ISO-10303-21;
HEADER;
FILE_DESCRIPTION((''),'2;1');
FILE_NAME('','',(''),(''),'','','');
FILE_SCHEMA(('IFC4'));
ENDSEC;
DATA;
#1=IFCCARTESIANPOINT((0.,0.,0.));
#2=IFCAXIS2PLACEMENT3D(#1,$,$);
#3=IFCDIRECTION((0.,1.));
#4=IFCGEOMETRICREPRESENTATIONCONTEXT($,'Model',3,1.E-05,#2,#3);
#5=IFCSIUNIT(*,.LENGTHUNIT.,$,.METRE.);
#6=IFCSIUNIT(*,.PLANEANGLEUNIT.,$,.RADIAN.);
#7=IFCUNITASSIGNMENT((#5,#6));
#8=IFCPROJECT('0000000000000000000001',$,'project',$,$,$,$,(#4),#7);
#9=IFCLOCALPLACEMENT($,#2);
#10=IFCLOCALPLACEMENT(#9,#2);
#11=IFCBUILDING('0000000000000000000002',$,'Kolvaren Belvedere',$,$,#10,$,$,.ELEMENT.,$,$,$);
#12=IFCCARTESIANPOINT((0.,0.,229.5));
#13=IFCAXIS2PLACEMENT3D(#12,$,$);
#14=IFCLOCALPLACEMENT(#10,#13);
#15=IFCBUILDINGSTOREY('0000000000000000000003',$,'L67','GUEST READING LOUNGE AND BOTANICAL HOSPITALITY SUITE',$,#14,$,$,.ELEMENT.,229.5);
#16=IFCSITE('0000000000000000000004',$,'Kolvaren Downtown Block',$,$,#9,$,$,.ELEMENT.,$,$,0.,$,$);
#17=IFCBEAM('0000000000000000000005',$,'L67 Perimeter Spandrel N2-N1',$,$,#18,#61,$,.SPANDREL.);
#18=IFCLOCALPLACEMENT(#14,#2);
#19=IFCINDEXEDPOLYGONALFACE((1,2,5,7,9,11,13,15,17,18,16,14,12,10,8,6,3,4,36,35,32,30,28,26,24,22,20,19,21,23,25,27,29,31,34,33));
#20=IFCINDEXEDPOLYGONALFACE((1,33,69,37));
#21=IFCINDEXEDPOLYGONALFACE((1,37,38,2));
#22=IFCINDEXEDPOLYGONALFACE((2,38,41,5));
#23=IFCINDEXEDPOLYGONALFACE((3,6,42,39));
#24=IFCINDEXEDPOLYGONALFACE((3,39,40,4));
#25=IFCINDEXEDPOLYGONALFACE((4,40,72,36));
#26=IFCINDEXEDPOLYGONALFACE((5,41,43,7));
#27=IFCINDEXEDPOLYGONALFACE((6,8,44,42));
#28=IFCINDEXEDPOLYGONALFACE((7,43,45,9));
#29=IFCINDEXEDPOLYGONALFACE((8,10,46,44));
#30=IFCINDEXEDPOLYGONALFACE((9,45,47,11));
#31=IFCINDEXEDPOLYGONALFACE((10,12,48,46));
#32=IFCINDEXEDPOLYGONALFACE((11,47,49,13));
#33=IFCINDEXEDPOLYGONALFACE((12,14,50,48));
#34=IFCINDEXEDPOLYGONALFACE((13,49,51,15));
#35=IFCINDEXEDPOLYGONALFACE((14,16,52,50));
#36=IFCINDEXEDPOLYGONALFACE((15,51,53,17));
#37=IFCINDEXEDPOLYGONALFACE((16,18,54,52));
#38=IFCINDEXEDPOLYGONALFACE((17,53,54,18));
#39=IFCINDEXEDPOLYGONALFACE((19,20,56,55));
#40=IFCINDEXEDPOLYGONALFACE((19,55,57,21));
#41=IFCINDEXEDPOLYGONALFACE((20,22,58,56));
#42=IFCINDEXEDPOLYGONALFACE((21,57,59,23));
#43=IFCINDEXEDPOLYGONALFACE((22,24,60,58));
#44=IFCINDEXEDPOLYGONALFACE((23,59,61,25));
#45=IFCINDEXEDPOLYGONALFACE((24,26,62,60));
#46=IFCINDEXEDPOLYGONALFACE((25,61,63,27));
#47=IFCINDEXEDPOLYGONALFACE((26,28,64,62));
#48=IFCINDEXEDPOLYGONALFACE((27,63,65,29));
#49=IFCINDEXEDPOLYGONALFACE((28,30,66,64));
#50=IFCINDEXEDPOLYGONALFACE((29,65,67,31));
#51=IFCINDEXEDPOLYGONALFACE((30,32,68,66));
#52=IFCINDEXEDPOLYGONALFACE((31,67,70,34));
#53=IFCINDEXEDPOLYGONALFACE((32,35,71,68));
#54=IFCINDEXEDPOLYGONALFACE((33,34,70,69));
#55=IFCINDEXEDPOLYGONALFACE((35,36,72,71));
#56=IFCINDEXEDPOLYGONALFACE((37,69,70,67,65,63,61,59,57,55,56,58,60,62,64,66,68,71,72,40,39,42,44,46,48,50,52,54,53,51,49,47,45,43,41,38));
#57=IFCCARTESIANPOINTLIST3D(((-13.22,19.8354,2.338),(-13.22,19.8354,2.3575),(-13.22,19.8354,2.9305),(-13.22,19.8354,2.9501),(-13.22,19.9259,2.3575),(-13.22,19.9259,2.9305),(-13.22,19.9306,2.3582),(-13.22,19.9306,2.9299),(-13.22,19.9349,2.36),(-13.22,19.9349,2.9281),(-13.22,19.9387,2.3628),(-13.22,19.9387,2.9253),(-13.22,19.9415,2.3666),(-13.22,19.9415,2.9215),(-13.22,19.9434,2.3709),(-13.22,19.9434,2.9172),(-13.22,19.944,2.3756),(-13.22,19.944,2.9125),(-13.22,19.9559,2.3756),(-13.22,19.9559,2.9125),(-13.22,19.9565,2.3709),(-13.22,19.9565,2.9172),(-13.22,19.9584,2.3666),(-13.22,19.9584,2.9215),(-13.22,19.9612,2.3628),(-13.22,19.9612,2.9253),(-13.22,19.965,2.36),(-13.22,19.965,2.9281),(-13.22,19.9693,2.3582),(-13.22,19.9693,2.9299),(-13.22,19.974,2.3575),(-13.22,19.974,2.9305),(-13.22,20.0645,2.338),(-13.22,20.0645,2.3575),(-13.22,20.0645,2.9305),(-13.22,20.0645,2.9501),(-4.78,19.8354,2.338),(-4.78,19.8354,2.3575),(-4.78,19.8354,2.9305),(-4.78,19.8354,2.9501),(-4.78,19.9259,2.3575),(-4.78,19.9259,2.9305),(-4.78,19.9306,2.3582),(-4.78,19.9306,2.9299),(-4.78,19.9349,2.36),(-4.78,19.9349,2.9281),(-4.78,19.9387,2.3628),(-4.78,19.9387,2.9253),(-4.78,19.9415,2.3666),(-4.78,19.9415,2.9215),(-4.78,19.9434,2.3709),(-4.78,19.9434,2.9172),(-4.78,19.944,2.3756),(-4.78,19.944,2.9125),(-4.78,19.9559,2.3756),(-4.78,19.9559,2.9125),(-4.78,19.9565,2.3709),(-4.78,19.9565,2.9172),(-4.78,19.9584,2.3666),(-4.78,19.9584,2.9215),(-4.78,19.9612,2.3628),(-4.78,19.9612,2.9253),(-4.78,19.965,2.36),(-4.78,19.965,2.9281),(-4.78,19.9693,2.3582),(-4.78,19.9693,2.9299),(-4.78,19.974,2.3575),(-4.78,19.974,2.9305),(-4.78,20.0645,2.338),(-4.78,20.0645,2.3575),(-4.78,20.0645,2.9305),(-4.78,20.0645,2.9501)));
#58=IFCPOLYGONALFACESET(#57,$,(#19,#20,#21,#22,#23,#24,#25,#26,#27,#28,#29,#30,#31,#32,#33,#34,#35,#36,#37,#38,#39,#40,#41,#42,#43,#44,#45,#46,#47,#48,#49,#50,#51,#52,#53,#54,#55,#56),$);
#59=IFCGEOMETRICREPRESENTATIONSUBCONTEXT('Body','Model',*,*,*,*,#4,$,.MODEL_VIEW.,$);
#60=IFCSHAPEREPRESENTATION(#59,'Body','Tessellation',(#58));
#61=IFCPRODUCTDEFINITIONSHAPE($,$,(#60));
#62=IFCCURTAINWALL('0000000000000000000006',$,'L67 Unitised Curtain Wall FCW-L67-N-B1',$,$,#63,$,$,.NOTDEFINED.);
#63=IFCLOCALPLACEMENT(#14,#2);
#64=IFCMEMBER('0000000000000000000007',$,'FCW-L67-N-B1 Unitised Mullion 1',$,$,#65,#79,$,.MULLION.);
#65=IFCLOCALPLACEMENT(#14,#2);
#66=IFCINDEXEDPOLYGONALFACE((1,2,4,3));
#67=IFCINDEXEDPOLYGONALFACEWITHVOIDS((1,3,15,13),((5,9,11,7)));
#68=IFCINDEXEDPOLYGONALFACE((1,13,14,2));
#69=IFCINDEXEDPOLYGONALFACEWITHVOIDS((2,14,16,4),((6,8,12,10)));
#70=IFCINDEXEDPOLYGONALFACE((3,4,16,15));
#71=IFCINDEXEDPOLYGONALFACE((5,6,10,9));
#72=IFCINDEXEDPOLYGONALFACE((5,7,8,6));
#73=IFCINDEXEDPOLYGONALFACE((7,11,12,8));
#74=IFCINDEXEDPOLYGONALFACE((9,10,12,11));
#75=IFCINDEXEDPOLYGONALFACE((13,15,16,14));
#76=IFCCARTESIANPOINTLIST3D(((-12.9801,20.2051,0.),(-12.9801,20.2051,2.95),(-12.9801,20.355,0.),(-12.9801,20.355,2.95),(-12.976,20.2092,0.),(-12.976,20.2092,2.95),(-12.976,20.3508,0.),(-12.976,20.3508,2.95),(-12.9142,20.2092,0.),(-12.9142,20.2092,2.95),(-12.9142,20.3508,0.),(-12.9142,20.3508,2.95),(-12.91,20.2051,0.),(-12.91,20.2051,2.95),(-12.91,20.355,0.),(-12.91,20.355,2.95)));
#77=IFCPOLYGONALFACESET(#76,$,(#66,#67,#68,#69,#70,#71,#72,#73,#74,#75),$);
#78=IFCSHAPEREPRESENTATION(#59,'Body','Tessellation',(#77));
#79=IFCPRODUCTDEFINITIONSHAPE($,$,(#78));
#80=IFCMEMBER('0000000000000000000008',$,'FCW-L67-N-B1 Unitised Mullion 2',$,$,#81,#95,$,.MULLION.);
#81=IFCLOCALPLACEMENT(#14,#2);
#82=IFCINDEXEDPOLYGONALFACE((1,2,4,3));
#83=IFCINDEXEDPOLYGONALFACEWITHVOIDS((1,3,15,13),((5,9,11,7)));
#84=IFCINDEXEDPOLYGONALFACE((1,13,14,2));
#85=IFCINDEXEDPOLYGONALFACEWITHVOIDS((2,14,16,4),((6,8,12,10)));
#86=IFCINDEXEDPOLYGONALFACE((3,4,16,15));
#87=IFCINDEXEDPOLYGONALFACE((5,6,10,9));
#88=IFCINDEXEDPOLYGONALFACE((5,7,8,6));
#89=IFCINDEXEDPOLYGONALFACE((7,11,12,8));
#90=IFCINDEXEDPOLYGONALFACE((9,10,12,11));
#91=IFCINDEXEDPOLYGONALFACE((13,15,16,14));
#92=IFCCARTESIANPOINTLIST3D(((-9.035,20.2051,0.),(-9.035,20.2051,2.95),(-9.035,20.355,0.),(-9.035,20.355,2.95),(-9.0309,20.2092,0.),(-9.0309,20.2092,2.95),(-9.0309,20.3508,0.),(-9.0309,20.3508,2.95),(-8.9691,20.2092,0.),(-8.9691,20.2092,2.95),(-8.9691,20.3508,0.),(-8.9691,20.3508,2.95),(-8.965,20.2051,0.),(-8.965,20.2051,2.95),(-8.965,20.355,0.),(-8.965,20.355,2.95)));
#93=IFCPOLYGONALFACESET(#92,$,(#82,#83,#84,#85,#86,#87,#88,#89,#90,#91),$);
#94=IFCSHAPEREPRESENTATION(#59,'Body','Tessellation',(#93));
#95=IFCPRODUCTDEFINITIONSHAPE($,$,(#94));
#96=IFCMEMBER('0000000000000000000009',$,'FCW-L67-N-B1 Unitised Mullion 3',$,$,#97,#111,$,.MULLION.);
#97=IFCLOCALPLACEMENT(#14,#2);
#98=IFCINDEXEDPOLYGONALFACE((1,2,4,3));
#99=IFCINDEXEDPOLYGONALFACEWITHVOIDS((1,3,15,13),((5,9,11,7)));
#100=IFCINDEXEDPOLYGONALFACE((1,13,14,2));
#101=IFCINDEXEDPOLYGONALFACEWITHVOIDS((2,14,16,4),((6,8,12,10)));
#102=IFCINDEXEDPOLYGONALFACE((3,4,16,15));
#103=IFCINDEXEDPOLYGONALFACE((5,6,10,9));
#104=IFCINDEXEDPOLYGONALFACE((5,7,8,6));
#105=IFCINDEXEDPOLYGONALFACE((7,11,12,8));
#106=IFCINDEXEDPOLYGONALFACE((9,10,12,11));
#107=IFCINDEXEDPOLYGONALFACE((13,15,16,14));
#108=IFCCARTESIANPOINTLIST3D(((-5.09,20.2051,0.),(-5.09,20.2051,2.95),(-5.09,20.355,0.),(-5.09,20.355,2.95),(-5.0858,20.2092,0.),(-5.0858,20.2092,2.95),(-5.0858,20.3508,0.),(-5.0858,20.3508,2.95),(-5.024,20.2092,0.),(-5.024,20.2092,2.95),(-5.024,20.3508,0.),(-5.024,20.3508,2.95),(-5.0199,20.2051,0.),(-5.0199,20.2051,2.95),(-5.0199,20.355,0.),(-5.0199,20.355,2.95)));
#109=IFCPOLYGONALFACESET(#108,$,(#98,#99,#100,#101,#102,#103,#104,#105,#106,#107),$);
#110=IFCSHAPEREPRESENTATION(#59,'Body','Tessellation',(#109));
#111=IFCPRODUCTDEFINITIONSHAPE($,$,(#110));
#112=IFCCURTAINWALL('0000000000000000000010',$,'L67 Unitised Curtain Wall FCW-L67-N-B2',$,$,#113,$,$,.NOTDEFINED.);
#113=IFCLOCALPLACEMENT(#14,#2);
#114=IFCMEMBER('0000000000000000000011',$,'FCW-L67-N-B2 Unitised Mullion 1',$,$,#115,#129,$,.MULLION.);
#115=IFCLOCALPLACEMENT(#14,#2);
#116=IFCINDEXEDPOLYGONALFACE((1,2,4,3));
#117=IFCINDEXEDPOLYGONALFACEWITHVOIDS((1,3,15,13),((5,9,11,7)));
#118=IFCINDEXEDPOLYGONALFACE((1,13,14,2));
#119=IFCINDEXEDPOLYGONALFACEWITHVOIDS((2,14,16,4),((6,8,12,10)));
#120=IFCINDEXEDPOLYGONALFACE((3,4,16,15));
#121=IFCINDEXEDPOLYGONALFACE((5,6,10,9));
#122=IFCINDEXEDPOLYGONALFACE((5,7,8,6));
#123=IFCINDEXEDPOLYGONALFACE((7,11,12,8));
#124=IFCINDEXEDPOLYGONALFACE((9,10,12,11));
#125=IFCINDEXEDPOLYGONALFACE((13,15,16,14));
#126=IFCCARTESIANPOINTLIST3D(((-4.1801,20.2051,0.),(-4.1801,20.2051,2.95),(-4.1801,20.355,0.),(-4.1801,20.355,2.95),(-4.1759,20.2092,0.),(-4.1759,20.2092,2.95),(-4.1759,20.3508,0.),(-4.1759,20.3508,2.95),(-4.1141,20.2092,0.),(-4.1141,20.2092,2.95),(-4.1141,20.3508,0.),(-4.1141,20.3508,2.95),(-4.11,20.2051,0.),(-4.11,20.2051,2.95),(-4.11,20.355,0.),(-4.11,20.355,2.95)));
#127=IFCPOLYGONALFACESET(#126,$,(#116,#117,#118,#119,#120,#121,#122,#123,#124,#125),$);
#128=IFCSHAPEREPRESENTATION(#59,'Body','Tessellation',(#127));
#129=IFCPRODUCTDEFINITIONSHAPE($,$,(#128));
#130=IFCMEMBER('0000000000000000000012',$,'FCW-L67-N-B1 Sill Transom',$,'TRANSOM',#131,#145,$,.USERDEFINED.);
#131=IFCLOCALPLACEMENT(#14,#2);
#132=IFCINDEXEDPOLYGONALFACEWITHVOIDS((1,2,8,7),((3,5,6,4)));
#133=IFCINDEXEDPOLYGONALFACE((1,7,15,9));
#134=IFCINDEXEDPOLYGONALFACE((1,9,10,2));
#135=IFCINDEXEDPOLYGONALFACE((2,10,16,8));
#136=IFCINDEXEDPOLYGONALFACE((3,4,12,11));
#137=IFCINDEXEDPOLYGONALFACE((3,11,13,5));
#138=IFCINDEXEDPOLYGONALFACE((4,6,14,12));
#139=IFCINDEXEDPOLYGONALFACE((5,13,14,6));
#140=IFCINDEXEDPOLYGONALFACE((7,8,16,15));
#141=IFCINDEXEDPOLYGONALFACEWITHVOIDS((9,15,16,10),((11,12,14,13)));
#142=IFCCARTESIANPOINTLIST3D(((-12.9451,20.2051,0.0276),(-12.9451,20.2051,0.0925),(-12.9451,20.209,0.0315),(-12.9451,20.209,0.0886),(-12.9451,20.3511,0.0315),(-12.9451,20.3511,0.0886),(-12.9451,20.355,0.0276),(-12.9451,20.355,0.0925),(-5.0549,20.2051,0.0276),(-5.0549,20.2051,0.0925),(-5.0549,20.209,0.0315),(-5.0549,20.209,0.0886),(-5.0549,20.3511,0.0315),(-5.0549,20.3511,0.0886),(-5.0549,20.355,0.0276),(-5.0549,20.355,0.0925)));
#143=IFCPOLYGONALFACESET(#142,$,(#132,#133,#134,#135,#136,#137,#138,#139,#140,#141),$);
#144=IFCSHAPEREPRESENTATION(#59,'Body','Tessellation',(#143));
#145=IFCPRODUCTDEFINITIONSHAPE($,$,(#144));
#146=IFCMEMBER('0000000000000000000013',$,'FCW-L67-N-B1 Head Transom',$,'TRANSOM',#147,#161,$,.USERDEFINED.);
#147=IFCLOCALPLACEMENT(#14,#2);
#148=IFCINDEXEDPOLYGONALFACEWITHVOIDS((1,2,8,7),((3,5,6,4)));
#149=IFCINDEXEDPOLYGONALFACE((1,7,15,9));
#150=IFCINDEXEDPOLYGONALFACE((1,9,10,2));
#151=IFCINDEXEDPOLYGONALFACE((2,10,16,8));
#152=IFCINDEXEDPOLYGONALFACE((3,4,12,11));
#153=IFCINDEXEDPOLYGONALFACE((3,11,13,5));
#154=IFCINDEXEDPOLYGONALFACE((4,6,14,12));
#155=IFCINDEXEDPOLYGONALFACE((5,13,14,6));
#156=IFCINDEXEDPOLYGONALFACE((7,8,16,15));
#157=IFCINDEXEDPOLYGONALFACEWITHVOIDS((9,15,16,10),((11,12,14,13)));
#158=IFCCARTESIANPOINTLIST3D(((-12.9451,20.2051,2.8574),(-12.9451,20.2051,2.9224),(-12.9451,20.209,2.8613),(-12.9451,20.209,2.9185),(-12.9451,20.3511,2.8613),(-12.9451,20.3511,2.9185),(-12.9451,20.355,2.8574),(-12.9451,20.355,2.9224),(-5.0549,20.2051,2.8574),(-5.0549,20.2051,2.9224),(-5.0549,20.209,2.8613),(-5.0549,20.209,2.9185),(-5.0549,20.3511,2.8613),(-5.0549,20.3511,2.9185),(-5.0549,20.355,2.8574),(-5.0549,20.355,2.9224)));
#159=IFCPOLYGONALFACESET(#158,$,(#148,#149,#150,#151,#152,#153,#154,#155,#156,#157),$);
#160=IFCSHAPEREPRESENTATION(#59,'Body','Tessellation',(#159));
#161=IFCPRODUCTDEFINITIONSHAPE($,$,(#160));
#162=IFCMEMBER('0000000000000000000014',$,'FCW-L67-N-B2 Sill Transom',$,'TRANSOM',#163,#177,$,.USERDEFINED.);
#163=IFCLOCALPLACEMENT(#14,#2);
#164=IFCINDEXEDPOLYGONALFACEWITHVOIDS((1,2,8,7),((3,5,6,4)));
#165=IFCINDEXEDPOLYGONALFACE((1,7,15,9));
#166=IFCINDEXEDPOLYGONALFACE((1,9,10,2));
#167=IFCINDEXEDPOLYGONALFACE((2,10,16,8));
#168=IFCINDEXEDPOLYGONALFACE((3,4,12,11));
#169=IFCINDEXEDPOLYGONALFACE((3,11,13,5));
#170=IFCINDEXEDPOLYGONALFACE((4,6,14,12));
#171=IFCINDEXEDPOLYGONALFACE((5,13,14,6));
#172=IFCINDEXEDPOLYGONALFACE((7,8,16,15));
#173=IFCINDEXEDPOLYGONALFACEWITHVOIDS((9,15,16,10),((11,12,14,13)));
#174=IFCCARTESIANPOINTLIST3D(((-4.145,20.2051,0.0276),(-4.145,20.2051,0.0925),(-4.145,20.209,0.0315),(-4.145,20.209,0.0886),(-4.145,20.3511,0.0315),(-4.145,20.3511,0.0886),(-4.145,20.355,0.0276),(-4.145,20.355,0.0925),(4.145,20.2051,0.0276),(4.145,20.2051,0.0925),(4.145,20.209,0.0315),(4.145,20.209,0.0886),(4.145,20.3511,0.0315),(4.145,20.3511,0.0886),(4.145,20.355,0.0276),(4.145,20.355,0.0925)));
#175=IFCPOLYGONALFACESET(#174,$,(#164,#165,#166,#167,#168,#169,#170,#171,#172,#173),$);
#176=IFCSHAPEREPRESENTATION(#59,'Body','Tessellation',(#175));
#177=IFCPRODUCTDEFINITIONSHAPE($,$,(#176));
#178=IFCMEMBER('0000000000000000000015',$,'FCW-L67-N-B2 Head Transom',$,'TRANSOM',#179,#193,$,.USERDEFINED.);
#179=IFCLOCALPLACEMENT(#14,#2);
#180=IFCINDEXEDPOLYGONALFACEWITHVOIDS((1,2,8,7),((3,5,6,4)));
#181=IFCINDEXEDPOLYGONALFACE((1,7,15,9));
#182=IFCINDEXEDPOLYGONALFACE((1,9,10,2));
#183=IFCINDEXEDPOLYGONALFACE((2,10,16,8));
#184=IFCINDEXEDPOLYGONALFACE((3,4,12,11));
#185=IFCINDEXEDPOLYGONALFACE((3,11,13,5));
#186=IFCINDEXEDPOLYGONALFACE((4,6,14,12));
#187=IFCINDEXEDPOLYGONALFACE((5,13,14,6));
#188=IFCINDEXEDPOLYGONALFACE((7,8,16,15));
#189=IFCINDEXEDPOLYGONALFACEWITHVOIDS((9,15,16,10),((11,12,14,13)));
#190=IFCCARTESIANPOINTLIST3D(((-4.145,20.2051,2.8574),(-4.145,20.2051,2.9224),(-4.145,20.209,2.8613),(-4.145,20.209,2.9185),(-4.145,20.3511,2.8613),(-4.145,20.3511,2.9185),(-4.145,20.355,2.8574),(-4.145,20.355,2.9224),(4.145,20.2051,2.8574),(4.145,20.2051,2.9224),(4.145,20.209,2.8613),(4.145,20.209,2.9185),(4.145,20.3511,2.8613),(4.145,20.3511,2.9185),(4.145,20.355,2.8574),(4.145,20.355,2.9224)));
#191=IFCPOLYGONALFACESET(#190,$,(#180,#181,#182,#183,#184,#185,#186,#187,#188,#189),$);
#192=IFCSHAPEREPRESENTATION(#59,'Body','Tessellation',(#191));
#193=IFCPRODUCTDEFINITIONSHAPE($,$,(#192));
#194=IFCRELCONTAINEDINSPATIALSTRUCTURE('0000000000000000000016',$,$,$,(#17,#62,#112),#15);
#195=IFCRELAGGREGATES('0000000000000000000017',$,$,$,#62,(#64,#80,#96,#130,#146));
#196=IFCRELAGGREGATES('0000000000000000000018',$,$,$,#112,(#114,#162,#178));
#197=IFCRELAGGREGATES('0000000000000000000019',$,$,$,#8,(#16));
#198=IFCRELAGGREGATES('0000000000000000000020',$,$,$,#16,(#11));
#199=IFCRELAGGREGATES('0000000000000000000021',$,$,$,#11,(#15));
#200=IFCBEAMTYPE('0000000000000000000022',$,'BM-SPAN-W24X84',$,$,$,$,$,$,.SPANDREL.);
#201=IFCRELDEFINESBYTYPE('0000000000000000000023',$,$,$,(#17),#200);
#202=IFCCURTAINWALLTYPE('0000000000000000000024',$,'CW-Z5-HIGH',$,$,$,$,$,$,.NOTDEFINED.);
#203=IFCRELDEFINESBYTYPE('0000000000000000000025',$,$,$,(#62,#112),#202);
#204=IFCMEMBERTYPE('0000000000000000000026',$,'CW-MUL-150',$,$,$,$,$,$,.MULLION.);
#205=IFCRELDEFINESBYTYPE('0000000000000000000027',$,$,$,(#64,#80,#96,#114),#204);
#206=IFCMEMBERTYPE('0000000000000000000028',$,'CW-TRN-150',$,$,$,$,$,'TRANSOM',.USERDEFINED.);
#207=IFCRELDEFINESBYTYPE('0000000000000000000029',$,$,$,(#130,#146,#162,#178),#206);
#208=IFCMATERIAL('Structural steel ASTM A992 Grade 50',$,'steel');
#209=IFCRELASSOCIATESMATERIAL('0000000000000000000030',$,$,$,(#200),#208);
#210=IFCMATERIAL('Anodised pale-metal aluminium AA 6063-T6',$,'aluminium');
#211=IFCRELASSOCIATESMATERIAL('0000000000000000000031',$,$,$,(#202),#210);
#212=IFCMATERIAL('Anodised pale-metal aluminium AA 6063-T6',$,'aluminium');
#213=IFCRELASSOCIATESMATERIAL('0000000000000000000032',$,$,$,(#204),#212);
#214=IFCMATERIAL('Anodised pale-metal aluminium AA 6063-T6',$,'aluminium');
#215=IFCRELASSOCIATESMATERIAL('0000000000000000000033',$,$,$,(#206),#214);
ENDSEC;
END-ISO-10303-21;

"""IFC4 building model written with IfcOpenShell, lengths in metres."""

from ifc_helpers import new_model, si_unit, direction, frame, origin, origin_2d, place, context, subcontext, project, spatial, hollow_rectangle, i_section, extrude, material, material_profile, profile_set, type_object, element, aggregate, save


model = new_model("IFC4")

# Units and contexts
model_context = context("Model", 3, precision=1e-05, world=origin(), true_north=direction((0.0, 1.0)))
body_context = subcontext(model_context, "Body", "Model", "MODEL_VIEW")
ifc_project = project(units=[si_unit("LENGTHUNIT", "METRE"), si_unit("PLANEANGLEUNIT", "RADIAN")], contexts=[model_context])

# Site, building, storey
site_placement = place(None, origin())
site = spatial("IfcSite", under=ifc_project, at=site_placement, Name="Kolvaren Downtown Block", CompositionType="ELEMENT", RefElevation=0.0)
building_placement = place(site_placement, origin())
building = spatial("IfcBuilding", under=site, at=building_placement, Name="Kolvaren Belvedere", CompositionType="ELEMENT")
storey_placement = place(building_placement, frame((0.0, 0.0, 229.5)))
storey = spatial("IfcBuildingStorey", under=building, at=storey_placement, Name="L67", Description="GUEST READING LOUNGE AND BOTANICAL HOSPITALITY SUITE", CompositionType="ELEMENT", Elevation=229.5)

# Beam
ifc_material_1 = material(Name="Structural steel ASTM A992 Grade 50", Category="steel")
ifc_material_profile_1 = material_profile(ifc_material_1, i_section(OverallWidth=0.229, OverallDepth=0.6121, WebThickness=0.012, FlangeThickness=0.0195, FilletRadius=0.0181, at=origin_2d()), Name="W24X84")
ifc_profile_set_1 = profile_set([ifc_material_profile_1], Name="Structural steel ASTM A992 Grade 50")
beam_type_1 = type_object("IfcBeamType", Name="BM-SPAN-W24X84", PredefinedType="SPANDREL", material=ifc_profile_set_1)
beam_1_placement = place(storey_placement, frame((-4.78, 19.95, 2.644), z_axis=(-1.0, 0.0, 0.0), x_axis=(0.0, -1.0, 0.0)))
element("IfcBeam", 1, at=beam_1_placement, inside=storey, type_object=beam_type_1, Name="L67 Perimeter Spandrel N2-N1", PredefinedType="SPANDREL", context=body_context, shape_type="SweptSolid", body=[
    extrude(i_section(OverallWidth=0.229, OverallDepth=0.6121, WebThickness=0.012, FlangeThickness=0.0195, FilletRadius=0.0181, at=origin_2d()), origin(), (0.0, 0.0, 1.0), 8.4399),
])

# Curtain wall, members
ifc_material_2 = material(Name="Anodised pale-metal aluminium AA 6063-T6", Category="aluminium")
curtain_wall_type = type_object("IfcCurtainWallType", Name="CW-Z5-HIGH", PredefinedType="NOTDEFINED", material=ifc_material_2)
curtain_wall_1_placement = place(storey_placement, origin())
curtain_wall_1 = element("IfcCurtainWall", 2, at=curtain_wall_1_placement, inside=storey, type_object=curtain_wall_type, Name="L67 Unitised Curtain Wall FCW-L67-N-B1", PredefinedType="NOTDEFINED")
ifc_material_3 = material(Name="Anodised pale-metal aluminium AA 6063-T6", Category="aluminium")
ifc_material_profile_2 = material_profile(ifc_material_3, hollow_rectangle(XDim=0.0701, YDim=0.1499, WallThickness=0.0042, at=origin_2d()), Name="ALU-MUL-150X70")
ifc_profile_set_2 = profile_set([ifc_material_profile_2], Name="Anodised pale-metal aluminium AA 6063-T6")
member_type_1 = type_object("IfcMemberType", Name="CW-MUL-150", PredefinedType="MULLION", material=ifc_profile_set_2)
member_1_placement = place(storey_placement, frame((-12.9451, 20.28, 0.0), z_axis=(0.0, 0.0, 1.0), x_axis=(1.0, 0.0, 0.0)))
member_1 = element("IfcMember", 3, at=member_1_placement, type_object=member_type_1, Name="FCW-L67-N-B1 Unitised Mullion 1", PredefinedType="MULLION", context=body_context, shape_type="SweptSolid", body=[
    extrude(hollow_rectangle(XDim=0.0701, YDim=0.1499, WallThickness=0.0042, at=origin_2d()), origin(), (0.0, 0.0, 1.0), 2.95),
])
member_2_placement = place(storey_placement, frame((-9.0, 20.28, 0.0), z_axis=(0.0, 0.0, 1.0), x_axis=(1.0, 0.0, 0.0)))
member_2 = element("IfcMember", 4, at=member_2_placement, type_object=member_type_1, Name="FCW-L67-N-B1 Unitised Mullion 2", PredefinedType="MULLION", context=body_context, shape_type="SweptSolid", body=[
    extrude(hollow_rectangle(XDim=0.0701, YDim=0.1499, WallThickness=0.0042, at=origin_2d()), origin(), (0.0, 0.0, 1.0), 2.95),
])
member_3_placement = place(storey_placement, frame((-5.0549, 20.28, 0.0), z_axis=(0.0, 0.0, 1.0), x_axis=(1.0, 0.0, 0.0)))
member_3 = element("IfcMember", 5, at=member_3_placement, type_object=member_type_1, Name="FCW-L67-N-B1 Unitised Mullion 3", PredefinedType="MULLION", context=body_context, shape_type="SweptSolid", body=[
    extrude(hollow_rectangle(XDim=0.0701, YDim=0.1499, WallThickness=0.0042, at=origin_2d()), origin(), (0.0, 0.0, 1.0), 2.95),
])

# Curtain wall, member
curtain_wall_2_placement = place(storey_placement, origin())
curtain_wall_2 = element("IfcCurtainWall", 6, at=curtain_wall_2_placement, inside=storey, type_object=curtain_wall_type, Name="L67 Unitised Curtain Wall FCW-L67-N-B2", PredefinedType="NOTDEFINED")
member_4_placement = place(storey_placement, frame((-4.145, 20.28, 0.0), z_axis=(0.0, 0.0, 1.0), x_axis=(1.0, 0.0, 0.0)))
member_4 = element("IfcMember", 7, at=member_4_placement, type_object=member_type_1, Name="FCW-L67-N-B2 Unitised Mullion 1", PredefinedType="MULLION", context=body_context, shape_type="SweptSolid", body=[
    extrude(hollow_rectangle(XDim=0.0701, YDim=0.1499, WallThickness=0.0042, at=origin_2d()), origin(), (0.0, 0.0, 1.0), 2.95),
])

# Members
ifc_material_4 = material(Name="Anodised pale-metal aluminium AA 6063-T6", Category="aluminium")
ifc_material_profile_3 = material_profile(ifc_material_4, hollow_rectangle(XDim=0.0649, YDim=0.1499, WallThickness=0.0039, at=origin_2d()), Name="ALU-TRN-150X65")
ifc_profile_set_3 = profile_set([ifc_material_profile_3], Name="Anodised pale-metal aluminium AA 6063-T6")
member_type_2 = type_object("IfcMemberType", Name="CW-TRN-150", ElementType="TRANSOM", PredefinedType="USERDEFINED", material=ifc_profile_set_3)
member_5_placement = place(storey_placement, frame((-12.9451, 20.28, 0.0601), z_axis=(1.0, 0.0, 0.0), x_axis=(0.0, 0.0, 1.0)))
member_5 = element("IfcMember", 8, at=member_5_placement, type_object=member_type_2, Name="FCW-L67-N-B1 Sill Transom", ObjectType="TRANSOM", PredefinedType="USERDEFINED", context=body_context, shape_type="SweptSolid", body=[
    extrude(hollow_rectangle(XDim=0.0649, YDim=0.1499, WallThickness=0.0039, at=origin_2d()), origin(), (0.0, 0.0, 1.0), 7.8901),
])
member_6_placement = place(storey_placement, frame((-12.9451, 20.28, 2.8899), z_axis=(1.0, 0.0, 0.0), x_axis=(0.0, 0.0, 1.0)))
member_6 = element("IfcMember", 9, at=member_6_placement, type_object=member_type_2, Name="FCW-L67-N-B1 Head Transom", ObjectType="TRANSOM", PredefinedType="USERDEFINED", context=body_context, shape_type="SweptSolid", body=[
    extrude(hollow_rectangle(XDim=0.0649, YDim=0.1499, WallThickness=0.0039, at=origin_2d()), origin(), (0.0, 0.0, 1.0), 7.8901),
])
member_7_placement = place(storey_placement, frame((-4.145, 20.28, 0.0601), z_axis=(1.0, 0.0, 0.0), x_axis=(0.0, 0.0, 1.0)))
member_7 = element("IfcMember", 10, at=member_7_placement, type_object=member_type_2, Name="FCW-L67-N-B2 Sill Transom", ObjectType="TRANSOM", PredefinedType="USERDEFINED", context=body_context, shape_type="SweptSolid", body=[
    extrude(hollow_rectangle(XDim=0.0649, YDim=0.1499, WallThickness=0.0039, at=origin_2d()), origin(), (0.0, 0.0, 1.0), 8.29),
])
member_8_placement = place(storey_placement, frame((-4.145, 20.28, 2.8899), z_axis=(1.0, 0.0, 0.0), x_axis=(0.0, 0.0, 1.0)))
member_8 = element("IfcMember", 11, at=member_8_placement, type_object=member_type_2, Name="FCW-L67-N-B2 Head Transom", ObjectType="TRANSOM", PredefinedType="USERDEFINED", context=body_context, shape_type="SweptSolid", body=[
    extrude(hollow_rectangle(XDim=0.0649, YDim=0.1499, WallThickness=0.0039, at=origin_2d()), origin(), (0.0, 0.0, 1.0), 8.29),
])

aggregate(curtain_wall_1, [member_1, member_2, member_3, member_5, member_6])
aggregate(curtain_wall_2, [member_4, member_7, member_8])

save(model, "model.ifc")
